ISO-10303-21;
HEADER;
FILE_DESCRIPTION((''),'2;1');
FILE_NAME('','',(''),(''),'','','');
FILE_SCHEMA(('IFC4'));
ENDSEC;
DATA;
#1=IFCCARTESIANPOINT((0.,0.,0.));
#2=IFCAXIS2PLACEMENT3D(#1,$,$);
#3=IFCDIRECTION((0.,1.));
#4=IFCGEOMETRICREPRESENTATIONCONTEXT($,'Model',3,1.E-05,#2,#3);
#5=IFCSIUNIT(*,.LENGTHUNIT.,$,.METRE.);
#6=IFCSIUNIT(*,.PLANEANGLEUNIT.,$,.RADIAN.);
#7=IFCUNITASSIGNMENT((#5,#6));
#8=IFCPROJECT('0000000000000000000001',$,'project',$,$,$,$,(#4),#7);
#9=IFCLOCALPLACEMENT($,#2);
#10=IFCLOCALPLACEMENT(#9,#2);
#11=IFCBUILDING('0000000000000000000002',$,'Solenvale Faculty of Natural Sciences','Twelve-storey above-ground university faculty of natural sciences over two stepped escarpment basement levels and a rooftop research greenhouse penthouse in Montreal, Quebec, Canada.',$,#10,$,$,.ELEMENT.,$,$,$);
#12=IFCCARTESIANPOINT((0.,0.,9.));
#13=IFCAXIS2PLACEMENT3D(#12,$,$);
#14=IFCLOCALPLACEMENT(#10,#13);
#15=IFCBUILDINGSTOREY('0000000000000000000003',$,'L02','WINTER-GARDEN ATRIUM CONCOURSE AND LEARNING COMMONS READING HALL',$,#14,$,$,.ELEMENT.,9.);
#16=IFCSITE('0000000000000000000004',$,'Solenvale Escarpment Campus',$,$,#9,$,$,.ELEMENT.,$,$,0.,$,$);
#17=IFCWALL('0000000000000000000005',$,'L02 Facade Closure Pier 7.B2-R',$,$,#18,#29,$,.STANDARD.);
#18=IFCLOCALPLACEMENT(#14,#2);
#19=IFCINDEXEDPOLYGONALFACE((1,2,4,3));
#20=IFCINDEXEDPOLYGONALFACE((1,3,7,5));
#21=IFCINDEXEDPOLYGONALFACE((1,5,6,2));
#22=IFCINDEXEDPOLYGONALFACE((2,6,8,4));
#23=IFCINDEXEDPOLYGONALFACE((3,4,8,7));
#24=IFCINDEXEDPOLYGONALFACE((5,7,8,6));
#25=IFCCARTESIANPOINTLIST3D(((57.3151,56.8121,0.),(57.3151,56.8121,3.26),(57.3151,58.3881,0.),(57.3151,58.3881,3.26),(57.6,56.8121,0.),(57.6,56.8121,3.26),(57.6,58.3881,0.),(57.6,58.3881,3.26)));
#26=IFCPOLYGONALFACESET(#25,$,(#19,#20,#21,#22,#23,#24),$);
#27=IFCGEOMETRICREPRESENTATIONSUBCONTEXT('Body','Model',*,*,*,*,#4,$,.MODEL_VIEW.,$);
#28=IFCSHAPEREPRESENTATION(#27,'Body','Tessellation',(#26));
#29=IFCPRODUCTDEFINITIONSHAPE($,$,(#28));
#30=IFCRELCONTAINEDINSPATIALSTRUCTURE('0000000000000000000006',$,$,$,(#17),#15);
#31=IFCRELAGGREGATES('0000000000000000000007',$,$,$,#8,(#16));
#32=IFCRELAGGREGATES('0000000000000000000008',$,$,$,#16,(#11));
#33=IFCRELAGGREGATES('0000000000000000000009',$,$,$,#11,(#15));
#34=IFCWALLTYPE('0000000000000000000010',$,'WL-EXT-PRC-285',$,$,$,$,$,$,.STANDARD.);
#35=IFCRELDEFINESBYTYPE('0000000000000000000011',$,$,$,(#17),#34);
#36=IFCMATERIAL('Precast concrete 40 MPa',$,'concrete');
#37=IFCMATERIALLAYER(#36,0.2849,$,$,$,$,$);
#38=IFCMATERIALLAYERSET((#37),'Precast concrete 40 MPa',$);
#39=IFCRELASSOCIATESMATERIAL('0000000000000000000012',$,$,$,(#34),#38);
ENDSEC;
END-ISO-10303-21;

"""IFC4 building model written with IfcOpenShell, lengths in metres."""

from ifc_helpers import new_model, si_unit, direction, frame, frame_2d, origin, place, context, subcontext, project, spatial, rectangle, extrude, material, layer, layer_set, type_object, element, save


model = new_model("IFC4")

# Units and contexts
model_context = context("Model", 3, precision=1e-05, world=origin(), true_north=direction((0.0, 1.0)))
body_context = subcontext(model_context, "Body", "Model", "MODEL_VIEW")
ifc_project = project(units=[si_unit("LENGTHUNIT", "METRE"), si_unit("PLANEANGLEUNIT", "RADIAN")], contexts=[model_context])

# Site, building, storey
site_placement = place(None, origin())
site = spatial("IfcSite", under=ifc_project, at=site_placement, Name="Solenvale Escarpment Campus", CompositionType="ELEMENT", RefElevation=0.0)
building_placement = place(site_placement, origin())
building = spatial("IfcBuilding", under=site, at=building_placement, Name="Solenvale Faculty of Natural Sciences", Description="Twelve-storey above-ground university faculty of natural sciences over two stepped escarpment basement levels and a rooftop research greenhouse penthouse in Montreal, Quebec, Canada.", CompositionType="ELEMENT")
storey_placement = place(building_placement, frame((0.0, 0.0, 9.0)))
storey = spatial("IfcBuildingStorey", under=building, at=storey_placement, Name="L02", Description="WINTER-GARDEN ATRIUM CONCOURSE AND LEARNING COMMONS READING HALL", CompositionType="ELEMENT", Elevation=9.0)

# Wall
ifc_material_1 = material(Name="Precast concrete 40 MPa", Category="concrete")
ifc_layer_1 = layer(ifc_material_1, 0.2849)
ifc_layer_set_1 = layer_set([ifc_layer_1], Name="Precast concrete 40 MPa")
wall_type = type_object("IfcWallType", Name="WL-EXT-PRC-285", PredefinedType="STANDARD", material=ifc_layer_set_1)
wall_placement = place(storey_placement, frame((57.4575, 56.812, 0.0), z_axis=(0.0, 0.0, 1.0), x_axis=(0.0, 1.0, 0.0)))
element("IfcWall", 1, at=wall_placement, inside=storey, type_object=wall_type, Name="L02 Facade Closure Pier 7.B2-R", PredefinedType="STANDARD", context=body_context, shape_type="SweptSolid", body=[
    extrude(rectangle(XDim=1.5759, YDim=0.2849, at=frame_2d((0.7881, 0.0))), origin(), (0.0, 0.0, 1.0), 3.26),
])

save(model, "model.ifc")
